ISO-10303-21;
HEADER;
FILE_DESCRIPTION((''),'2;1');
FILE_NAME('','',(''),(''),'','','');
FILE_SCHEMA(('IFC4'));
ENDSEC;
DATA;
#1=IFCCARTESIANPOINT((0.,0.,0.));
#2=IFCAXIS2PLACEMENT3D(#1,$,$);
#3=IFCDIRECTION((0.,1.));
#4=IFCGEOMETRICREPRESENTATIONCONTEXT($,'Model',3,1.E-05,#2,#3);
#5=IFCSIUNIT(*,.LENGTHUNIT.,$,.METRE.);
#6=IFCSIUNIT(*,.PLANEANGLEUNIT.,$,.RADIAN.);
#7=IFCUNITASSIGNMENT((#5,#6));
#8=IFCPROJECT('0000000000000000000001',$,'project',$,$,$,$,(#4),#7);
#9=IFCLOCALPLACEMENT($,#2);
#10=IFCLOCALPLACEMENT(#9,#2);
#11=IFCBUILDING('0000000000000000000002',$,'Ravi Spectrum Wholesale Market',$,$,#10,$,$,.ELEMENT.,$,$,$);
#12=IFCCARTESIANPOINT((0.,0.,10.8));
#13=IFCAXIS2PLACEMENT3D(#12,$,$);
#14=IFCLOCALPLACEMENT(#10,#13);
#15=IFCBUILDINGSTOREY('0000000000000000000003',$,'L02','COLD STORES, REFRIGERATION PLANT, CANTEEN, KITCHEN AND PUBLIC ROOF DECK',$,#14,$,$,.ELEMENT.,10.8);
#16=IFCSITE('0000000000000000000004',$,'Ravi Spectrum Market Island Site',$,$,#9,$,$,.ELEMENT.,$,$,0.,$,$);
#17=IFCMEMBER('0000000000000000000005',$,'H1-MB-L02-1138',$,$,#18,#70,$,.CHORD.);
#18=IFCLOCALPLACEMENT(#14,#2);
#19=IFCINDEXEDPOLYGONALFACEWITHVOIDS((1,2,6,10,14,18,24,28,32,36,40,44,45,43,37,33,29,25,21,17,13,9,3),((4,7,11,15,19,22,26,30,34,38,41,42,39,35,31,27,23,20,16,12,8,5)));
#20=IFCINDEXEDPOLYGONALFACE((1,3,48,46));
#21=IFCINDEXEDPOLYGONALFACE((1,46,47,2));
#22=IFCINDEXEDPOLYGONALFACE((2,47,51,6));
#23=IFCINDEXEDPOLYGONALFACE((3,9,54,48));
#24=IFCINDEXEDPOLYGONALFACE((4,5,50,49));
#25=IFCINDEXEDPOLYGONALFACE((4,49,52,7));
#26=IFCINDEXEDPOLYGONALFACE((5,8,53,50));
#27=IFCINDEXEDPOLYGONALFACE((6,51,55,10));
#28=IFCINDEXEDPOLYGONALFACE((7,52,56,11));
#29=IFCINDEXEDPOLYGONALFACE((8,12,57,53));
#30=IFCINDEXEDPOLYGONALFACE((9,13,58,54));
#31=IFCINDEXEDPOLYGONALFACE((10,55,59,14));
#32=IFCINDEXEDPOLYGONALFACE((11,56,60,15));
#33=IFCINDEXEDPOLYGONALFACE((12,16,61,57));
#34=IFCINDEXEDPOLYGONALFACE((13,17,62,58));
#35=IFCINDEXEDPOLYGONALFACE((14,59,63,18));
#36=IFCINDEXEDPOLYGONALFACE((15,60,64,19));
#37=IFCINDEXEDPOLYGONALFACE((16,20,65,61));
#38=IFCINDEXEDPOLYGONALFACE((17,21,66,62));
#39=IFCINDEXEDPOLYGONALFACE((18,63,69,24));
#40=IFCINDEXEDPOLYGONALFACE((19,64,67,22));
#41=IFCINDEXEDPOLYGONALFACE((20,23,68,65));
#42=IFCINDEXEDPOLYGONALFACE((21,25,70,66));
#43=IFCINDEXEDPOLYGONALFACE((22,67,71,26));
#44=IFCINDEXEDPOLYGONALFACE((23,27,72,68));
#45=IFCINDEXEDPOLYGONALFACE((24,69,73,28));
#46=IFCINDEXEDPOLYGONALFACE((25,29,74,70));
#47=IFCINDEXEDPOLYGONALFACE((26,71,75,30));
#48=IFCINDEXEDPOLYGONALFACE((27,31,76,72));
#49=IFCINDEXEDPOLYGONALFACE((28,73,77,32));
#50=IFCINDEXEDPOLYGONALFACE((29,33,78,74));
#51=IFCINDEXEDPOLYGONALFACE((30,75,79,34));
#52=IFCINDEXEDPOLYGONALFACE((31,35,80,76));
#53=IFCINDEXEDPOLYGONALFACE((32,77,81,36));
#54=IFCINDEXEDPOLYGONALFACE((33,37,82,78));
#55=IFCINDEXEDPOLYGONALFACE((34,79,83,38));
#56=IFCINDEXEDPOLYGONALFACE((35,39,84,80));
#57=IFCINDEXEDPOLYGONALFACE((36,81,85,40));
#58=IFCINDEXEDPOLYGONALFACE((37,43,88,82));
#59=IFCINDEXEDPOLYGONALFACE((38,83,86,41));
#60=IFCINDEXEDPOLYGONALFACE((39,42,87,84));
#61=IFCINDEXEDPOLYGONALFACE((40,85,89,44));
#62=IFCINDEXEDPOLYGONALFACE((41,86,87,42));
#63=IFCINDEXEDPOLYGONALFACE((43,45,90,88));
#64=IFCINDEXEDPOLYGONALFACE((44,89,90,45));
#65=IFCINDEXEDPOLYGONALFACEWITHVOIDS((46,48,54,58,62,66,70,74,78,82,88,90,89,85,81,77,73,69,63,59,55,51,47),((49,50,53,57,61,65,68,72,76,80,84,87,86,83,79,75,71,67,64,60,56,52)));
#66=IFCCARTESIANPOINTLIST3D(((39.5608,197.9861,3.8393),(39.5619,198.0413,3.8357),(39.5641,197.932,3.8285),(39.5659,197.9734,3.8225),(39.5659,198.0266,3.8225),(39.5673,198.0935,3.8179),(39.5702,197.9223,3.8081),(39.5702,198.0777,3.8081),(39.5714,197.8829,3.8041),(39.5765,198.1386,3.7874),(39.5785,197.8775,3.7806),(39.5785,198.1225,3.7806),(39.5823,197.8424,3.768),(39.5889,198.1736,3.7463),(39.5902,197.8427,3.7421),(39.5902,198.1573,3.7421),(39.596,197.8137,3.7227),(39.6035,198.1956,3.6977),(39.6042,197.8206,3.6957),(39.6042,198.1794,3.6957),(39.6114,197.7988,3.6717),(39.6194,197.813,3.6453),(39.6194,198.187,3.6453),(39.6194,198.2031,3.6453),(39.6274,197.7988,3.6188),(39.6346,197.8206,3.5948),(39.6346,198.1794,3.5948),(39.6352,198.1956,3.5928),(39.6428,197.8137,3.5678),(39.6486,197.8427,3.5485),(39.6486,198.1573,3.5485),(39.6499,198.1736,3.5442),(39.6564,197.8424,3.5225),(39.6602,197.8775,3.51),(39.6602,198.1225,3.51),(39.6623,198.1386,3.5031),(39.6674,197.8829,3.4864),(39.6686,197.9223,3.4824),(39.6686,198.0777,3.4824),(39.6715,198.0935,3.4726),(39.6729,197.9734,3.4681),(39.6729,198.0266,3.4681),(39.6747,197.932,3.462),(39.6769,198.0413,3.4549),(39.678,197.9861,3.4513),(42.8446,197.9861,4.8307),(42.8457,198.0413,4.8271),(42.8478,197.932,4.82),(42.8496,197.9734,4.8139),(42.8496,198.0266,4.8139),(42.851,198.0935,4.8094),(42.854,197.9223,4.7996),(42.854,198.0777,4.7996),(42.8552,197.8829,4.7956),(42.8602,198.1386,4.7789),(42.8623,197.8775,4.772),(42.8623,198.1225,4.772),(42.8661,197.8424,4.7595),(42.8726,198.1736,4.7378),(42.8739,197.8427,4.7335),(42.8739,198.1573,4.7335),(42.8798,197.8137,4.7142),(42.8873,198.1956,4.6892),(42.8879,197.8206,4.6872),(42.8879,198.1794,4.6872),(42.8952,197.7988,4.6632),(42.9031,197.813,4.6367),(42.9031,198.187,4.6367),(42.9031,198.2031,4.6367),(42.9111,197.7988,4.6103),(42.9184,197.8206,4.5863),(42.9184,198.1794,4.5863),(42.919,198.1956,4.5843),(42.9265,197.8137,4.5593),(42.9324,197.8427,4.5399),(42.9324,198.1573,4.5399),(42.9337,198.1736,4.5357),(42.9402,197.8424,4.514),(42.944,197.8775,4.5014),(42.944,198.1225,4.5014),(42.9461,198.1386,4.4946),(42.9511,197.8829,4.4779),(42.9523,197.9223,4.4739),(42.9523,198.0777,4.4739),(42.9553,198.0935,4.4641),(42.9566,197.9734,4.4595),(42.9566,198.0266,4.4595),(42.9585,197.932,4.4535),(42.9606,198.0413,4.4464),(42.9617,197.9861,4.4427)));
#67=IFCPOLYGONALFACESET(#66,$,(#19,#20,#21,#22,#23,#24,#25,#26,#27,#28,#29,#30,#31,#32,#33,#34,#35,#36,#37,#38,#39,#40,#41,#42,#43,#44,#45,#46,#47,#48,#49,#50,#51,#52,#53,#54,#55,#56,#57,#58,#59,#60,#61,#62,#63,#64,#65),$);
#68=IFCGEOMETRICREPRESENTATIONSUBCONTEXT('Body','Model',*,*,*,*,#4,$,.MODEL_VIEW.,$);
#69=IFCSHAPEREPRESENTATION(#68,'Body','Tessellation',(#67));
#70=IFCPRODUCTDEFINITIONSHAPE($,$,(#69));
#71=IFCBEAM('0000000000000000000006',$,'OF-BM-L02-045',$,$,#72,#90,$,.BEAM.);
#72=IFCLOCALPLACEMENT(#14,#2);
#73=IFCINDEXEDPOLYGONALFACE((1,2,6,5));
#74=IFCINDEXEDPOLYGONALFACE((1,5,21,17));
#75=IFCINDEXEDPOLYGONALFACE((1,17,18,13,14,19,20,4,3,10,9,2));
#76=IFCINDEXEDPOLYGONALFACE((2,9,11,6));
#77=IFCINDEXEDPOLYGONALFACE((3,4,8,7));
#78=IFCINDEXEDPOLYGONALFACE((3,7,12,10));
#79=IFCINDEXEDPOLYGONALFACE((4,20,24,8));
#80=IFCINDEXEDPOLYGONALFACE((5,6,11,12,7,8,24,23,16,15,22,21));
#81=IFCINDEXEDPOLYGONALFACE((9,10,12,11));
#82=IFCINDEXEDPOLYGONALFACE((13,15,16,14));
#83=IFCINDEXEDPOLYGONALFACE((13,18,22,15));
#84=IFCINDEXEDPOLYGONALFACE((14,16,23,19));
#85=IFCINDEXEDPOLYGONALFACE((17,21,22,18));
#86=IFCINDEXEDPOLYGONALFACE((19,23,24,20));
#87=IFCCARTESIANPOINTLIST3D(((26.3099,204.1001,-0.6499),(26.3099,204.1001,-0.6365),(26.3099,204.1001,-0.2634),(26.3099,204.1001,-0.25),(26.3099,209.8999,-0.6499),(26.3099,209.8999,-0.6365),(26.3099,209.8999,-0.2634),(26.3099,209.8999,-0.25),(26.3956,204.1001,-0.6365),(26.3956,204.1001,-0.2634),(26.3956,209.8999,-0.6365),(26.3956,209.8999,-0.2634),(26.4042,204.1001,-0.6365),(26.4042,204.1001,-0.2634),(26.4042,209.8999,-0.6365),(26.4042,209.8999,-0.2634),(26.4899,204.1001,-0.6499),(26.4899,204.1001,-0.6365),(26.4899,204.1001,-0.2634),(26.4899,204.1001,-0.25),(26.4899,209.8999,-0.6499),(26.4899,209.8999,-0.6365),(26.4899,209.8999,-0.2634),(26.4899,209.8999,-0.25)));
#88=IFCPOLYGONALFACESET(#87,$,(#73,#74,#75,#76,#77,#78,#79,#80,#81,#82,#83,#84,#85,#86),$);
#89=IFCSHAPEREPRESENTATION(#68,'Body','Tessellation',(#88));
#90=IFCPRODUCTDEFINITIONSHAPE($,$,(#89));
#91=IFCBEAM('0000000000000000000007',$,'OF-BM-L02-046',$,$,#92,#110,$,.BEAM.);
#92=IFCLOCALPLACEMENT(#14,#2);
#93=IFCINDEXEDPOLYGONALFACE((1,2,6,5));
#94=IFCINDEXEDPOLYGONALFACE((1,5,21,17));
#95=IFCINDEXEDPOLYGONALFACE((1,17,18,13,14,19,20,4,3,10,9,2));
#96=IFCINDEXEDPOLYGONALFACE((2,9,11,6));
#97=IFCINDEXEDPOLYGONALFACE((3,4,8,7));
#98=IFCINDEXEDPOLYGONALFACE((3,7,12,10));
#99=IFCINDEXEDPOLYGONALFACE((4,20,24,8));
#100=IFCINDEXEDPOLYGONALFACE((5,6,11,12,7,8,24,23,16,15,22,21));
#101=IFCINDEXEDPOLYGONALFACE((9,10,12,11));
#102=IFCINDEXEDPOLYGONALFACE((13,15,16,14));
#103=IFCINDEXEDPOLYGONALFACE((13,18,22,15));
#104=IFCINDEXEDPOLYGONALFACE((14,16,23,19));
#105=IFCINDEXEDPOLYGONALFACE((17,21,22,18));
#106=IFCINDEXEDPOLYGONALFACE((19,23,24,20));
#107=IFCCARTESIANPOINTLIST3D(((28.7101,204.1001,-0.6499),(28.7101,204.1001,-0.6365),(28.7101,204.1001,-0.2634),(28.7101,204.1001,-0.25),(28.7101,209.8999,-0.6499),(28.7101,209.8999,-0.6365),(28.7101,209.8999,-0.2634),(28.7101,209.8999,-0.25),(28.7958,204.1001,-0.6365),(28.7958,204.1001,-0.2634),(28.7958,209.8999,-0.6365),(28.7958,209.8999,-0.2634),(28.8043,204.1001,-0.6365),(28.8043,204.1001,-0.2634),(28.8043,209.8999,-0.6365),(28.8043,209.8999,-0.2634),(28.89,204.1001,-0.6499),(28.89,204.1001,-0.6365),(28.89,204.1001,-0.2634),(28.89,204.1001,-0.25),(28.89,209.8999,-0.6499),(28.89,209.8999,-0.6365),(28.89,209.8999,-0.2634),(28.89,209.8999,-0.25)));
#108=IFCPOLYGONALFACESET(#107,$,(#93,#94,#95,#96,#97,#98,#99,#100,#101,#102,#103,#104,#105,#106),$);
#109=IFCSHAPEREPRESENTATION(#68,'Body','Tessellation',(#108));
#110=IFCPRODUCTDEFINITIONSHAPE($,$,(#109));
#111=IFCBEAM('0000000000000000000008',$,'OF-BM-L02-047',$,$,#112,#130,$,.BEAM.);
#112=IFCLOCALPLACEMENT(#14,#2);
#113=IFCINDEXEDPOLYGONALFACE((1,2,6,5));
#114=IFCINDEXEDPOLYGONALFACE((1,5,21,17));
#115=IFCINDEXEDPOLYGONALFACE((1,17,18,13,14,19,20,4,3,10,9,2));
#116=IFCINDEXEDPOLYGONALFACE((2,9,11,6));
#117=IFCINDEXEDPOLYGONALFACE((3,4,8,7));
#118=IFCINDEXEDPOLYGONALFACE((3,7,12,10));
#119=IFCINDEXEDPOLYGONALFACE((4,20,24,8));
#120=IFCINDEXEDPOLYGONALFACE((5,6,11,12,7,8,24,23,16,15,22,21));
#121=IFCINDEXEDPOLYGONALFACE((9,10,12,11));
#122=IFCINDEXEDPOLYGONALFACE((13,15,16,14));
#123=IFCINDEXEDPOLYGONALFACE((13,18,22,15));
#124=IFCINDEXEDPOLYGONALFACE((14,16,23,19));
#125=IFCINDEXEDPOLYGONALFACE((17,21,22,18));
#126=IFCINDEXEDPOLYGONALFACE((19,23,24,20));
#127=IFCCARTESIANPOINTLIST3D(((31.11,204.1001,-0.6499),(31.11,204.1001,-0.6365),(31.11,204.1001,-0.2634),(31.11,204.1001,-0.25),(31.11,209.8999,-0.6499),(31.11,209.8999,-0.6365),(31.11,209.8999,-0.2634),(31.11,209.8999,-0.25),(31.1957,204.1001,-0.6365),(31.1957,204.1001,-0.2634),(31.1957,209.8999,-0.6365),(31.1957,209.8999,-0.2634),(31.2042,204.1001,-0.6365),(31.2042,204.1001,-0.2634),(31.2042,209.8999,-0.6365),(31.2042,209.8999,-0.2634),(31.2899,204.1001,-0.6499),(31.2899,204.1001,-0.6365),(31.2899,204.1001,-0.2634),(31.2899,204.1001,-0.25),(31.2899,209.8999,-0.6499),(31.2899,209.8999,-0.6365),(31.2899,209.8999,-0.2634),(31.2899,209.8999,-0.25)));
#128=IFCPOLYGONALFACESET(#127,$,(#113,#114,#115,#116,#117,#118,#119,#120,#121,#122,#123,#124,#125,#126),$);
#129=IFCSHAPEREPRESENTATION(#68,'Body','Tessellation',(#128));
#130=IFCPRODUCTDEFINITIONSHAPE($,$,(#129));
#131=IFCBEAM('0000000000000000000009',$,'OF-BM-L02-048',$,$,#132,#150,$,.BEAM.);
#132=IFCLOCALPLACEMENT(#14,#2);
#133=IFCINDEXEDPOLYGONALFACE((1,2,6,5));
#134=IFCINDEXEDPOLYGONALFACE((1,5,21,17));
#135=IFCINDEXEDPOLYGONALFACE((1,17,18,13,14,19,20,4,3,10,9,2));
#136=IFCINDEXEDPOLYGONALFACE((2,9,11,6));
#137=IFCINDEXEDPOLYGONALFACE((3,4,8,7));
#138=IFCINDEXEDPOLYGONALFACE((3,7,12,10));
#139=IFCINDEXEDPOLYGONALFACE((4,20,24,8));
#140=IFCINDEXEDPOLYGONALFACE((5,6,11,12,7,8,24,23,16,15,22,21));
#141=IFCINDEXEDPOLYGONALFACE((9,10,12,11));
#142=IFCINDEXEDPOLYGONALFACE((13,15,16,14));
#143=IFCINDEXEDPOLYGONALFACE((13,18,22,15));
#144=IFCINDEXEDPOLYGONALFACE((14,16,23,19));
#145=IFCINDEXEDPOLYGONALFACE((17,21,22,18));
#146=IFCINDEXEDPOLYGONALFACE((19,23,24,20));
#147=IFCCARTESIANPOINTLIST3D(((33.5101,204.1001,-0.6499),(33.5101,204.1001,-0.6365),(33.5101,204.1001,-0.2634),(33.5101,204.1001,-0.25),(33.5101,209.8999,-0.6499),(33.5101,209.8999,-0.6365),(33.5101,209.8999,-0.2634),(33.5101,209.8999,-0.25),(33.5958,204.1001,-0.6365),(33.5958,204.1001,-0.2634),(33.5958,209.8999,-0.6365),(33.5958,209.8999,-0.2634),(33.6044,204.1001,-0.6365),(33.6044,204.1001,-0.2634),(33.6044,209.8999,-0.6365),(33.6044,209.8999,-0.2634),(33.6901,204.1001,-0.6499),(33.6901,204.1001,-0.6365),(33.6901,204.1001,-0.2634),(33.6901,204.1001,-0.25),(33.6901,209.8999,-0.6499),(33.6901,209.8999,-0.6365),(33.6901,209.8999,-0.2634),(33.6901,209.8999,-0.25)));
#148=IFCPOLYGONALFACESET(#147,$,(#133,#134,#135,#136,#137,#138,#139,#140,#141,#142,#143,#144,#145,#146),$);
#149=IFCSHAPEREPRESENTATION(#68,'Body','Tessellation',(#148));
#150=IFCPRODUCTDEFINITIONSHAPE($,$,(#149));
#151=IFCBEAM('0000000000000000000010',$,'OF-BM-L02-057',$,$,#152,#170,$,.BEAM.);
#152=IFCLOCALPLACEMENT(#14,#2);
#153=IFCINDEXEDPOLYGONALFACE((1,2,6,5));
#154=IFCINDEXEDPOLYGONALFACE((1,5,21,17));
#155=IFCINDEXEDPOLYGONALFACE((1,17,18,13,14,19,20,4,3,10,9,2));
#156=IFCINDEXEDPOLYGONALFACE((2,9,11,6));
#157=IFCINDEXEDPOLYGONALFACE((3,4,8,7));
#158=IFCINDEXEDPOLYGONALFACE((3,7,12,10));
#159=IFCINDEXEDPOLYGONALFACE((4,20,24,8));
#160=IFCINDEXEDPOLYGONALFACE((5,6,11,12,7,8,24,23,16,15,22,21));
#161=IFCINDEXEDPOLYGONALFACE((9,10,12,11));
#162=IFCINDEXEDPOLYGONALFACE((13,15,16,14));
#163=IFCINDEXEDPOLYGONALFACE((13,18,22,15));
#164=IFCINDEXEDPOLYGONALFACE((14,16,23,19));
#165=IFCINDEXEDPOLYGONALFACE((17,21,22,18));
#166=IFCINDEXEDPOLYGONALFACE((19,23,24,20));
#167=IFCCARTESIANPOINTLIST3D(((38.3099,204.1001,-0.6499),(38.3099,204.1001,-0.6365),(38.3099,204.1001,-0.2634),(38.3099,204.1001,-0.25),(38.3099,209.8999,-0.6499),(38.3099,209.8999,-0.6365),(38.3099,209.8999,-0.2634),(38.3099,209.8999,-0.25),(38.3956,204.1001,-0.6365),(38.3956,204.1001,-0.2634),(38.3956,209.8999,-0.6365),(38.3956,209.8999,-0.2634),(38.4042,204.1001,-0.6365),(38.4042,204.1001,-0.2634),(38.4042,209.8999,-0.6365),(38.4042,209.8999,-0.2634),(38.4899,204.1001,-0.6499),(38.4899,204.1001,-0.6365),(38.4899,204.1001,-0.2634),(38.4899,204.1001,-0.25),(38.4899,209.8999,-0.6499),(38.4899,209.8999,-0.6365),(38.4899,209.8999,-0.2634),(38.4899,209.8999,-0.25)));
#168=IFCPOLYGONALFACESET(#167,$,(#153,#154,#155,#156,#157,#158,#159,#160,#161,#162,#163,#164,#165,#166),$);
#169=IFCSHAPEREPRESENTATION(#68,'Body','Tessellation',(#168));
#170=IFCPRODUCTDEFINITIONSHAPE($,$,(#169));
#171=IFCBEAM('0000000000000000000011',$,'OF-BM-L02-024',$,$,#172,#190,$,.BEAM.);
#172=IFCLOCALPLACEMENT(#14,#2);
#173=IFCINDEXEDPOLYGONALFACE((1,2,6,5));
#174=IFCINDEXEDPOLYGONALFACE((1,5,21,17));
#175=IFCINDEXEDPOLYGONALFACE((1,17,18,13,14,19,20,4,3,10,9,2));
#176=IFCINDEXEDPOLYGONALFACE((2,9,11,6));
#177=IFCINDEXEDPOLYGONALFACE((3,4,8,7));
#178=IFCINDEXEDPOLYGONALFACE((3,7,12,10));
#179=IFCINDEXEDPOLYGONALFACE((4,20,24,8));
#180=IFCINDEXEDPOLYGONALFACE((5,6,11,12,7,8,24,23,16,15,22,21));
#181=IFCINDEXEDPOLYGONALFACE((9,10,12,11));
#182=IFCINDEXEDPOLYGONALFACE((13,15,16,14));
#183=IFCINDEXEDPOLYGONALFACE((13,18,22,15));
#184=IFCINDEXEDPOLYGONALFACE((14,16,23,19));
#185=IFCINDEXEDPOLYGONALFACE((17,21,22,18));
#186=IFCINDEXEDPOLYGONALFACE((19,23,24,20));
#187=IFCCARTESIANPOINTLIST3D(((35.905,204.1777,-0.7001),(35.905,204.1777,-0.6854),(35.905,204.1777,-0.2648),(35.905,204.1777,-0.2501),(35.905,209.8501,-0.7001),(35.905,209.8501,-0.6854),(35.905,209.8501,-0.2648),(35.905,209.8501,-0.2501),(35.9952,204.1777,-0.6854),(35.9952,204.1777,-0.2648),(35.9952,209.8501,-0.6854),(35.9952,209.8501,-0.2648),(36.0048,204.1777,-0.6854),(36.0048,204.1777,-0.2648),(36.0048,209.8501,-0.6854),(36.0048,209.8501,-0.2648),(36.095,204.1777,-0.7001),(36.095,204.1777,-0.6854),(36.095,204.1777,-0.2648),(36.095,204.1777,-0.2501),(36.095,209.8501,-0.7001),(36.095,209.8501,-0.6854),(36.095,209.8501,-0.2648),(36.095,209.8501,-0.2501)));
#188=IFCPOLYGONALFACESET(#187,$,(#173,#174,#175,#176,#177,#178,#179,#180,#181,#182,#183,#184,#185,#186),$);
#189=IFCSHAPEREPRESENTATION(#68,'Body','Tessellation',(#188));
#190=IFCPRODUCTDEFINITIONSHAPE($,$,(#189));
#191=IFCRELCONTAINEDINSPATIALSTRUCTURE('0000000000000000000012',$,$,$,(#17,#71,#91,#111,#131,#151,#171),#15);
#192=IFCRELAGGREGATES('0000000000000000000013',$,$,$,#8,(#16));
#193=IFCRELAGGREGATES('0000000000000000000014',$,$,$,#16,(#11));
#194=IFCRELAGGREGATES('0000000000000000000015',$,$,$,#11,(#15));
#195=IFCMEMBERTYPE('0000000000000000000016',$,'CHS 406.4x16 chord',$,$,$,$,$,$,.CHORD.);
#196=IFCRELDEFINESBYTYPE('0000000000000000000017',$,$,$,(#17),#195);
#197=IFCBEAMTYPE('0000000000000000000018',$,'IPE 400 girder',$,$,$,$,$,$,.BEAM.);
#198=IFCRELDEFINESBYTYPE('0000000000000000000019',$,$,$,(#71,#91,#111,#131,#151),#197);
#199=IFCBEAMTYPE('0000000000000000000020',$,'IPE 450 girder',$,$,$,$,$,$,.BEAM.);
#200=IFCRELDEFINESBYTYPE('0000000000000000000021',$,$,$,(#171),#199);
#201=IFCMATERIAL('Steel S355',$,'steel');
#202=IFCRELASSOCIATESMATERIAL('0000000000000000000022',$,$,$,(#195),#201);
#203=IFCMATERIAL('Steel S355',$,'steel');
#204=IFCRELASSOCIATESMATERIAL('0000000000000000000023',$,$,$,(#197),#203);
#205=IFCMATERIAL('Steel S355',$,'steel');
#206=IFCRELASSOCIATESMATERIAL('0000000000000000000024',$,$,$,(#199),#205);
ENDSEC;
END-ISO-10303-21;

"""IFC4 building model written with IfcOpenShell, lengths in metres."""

from ifc_helpers import new_model, si_unit, direction, frame, origin, origin_2d, place, context, subcontext, project, spatial, hollow_circle, i_section, extrude, material, material_profile, profile_set, type_object, element, save


model = new_model("IFC4")

# Units and contexts
model_context = context("Model", 3, precision=1e-05, world=origin(), true_north=direction((0.0, 1.0)))
body_context = subcontext(model_context, "Body", "Model", "MODEL_VIEW")
ifc_project = project(units=[si_unit("LENGTHUNIT", "METRE"), si_unit("PLANEANGLEUNIT", "RADIAN")], contexts=[model_context])

# Site, building, storey
site_placement = place(None, origin())
site = spatial("IfcSite", under=ifc_project, at=site_placement, Name="Ravi Spectrum Market Island Site", CompositionType="ELEMENT", RefElevation=0.0)
building_placement = place(site_placement, origin())
building = spatial("IfcBuilding", under=site, at=building_placement, Name="Ravi Spectrum Wholesale Market", CompositionType="ELEMENT")
storey_placement = place(building_placement, frame((0.0, 0.0, 10.8)))
storey = spatial("IfcBuildingStorey", under=building, at=storey_placement, Name="L02", Description="COLD STORES, REFRIGERATION PLANT, CANTEEN, KITCHEN AND PUBLIC ROOF DECK", CompositionType="ELEMENT", Elevation=10.8)

# Member
ifc_material_1 = material(Name="Steel S355", Category="steel")
ifc_material_profile_1 = material_profile(ifc_material_1, hollow_circle(Radius=0.2031, WallThickness=0.0161, at=origin_2d()))
ifc_profile_set_1 = profile_set([ifc_material_profile_1], Name="Steel S355")
member_type_1 = type_object("IfcMemberType", Name="CHS 406.4x16 chord", PredefinedType="CHORD", material=ifc_profile_set_1)
member_1_placement = place(storey_placement, frame((39.6194, 198.0, 3.6453), z_axis=(0.957315, 0.0, 0.289045), x_axis=(0.0, 1.0, 0.0)))
element("IfcMember", 1, at=member_1_placement, inside=storey, type_object=member_type_1, Name="H1-MB-L02-1138", PredefinedType="CHORD", context=body_context, shape_type="SweptSolid", body=[
    extrude(hollow_circle(Radius=0.2031, WallThickness=0.0161, at=origin_2d()), origin(), (0.0, 0.0, 1.0), 3.4302),
])

# Beams
ifc_material_2 = material(Name="Steel S355", Category="steel")
ifc_material_profile_2 = material_profile(ifc_material_2, i_section(OverallWidth=0.1799, OverallDepth=0.3999, WebThickness=0.0085, FlangeThickness=0.0134, at=origin_2d()))
ifc_profile_set_2 = profile_set([ifc_material_profile_2], Name="Steel S355")
beam_type_1 = type_object("IfcBeamType", Name="IPE 400 girder", PredefinedType="BEAM", material=ifc_profile_set_2)
for number, where, z_axis, x_axis, name in (
    (2, (26.3999, 204.1001, -0.45), (0.0, 1.0, 0.0), (-1.0, 0.0, 0.0), "OF-BM-L02-045"),
    (3, (28.8, 204.1001, -0.45), (0.0, 1.0, 0.0), (-1.0, 0.0, 0.0), "OF-BM-L02-046"),
    (4, (31.2, 204.1001, -0.45), (0.0, 1.0, 0.0), (-1.0, 0.0, 0.0), "OF-BM-L02-047"),
    (5, (33.6001, 204.1001, -0.45), (0.0, 1.0, 0.0), (-1.0, 0.0, 0.0), "OF-BM-L02-048"),
    (6, (38.3999, 204.1001, -0.45), (0.0, 1.0, 0.0), (-1.0, 0.0, 0.0), "OF-BM-L02-057"),
):
    element("IfcBeam", number, at=place(storey_placement, frame(where, z_axis=z_axis, x_axis=x_axis)), inside=storey, type_object=beam_type_1, Name=name, PredefinedType="BEAM", context=body_context, shape_type="SweptSolid", body=[
        extrude(i_section(OverallWidth=0.1799, OverallDepth=0.3999, WebThickness=0.0085, FlangeThickness=0.0134, at=origin_2d()), origin(), (0.0, 0.0, 1.0), 5.7998),
    ])
ifc_material_3 = material(Name="Steel S355", Category="steel")
ifc_material_profile_3 = material_profile(ifc_material_3, i_section(OverallWidth=0.1899, OverallDepth=0.45, WebThickness=0.0095, FlangeThickness=0.0146, at=origin_2d()))
ifc_profile_set_3 = profile_set([ifc_material_profile_3], Name="Steel S355")
beam_type_2 = type_object("IfcBeamType", Name="IPE 450 girder", PredefinedType="BEAM", material=ifc_profile_set_3)
beam_1_placement = place(storey_placement, frame((36.0, 204.1777, -0.4751), z_axis=(0.0, 1.0, 0.0), x_axis=(-1.0, 0.0, 0.0)))
element("IfcBeam", 7, at=beam_1_placement, inside=storey, type_object=beam_type_2, Name="OF-BM-L02-024", PredefinedType="BEAM", context=body_context, shape_type="SweptSolid", body=[
    extrude(i_section(OverallWidth=0.1899, OverallDepth=0.45, WebThickness=0.0095, FlangeThickness=0.0146, at=origin_2d()), origin(), (0.0, 0.0, 1.0), 5.6724),
])

save(model, "model.ifc")
